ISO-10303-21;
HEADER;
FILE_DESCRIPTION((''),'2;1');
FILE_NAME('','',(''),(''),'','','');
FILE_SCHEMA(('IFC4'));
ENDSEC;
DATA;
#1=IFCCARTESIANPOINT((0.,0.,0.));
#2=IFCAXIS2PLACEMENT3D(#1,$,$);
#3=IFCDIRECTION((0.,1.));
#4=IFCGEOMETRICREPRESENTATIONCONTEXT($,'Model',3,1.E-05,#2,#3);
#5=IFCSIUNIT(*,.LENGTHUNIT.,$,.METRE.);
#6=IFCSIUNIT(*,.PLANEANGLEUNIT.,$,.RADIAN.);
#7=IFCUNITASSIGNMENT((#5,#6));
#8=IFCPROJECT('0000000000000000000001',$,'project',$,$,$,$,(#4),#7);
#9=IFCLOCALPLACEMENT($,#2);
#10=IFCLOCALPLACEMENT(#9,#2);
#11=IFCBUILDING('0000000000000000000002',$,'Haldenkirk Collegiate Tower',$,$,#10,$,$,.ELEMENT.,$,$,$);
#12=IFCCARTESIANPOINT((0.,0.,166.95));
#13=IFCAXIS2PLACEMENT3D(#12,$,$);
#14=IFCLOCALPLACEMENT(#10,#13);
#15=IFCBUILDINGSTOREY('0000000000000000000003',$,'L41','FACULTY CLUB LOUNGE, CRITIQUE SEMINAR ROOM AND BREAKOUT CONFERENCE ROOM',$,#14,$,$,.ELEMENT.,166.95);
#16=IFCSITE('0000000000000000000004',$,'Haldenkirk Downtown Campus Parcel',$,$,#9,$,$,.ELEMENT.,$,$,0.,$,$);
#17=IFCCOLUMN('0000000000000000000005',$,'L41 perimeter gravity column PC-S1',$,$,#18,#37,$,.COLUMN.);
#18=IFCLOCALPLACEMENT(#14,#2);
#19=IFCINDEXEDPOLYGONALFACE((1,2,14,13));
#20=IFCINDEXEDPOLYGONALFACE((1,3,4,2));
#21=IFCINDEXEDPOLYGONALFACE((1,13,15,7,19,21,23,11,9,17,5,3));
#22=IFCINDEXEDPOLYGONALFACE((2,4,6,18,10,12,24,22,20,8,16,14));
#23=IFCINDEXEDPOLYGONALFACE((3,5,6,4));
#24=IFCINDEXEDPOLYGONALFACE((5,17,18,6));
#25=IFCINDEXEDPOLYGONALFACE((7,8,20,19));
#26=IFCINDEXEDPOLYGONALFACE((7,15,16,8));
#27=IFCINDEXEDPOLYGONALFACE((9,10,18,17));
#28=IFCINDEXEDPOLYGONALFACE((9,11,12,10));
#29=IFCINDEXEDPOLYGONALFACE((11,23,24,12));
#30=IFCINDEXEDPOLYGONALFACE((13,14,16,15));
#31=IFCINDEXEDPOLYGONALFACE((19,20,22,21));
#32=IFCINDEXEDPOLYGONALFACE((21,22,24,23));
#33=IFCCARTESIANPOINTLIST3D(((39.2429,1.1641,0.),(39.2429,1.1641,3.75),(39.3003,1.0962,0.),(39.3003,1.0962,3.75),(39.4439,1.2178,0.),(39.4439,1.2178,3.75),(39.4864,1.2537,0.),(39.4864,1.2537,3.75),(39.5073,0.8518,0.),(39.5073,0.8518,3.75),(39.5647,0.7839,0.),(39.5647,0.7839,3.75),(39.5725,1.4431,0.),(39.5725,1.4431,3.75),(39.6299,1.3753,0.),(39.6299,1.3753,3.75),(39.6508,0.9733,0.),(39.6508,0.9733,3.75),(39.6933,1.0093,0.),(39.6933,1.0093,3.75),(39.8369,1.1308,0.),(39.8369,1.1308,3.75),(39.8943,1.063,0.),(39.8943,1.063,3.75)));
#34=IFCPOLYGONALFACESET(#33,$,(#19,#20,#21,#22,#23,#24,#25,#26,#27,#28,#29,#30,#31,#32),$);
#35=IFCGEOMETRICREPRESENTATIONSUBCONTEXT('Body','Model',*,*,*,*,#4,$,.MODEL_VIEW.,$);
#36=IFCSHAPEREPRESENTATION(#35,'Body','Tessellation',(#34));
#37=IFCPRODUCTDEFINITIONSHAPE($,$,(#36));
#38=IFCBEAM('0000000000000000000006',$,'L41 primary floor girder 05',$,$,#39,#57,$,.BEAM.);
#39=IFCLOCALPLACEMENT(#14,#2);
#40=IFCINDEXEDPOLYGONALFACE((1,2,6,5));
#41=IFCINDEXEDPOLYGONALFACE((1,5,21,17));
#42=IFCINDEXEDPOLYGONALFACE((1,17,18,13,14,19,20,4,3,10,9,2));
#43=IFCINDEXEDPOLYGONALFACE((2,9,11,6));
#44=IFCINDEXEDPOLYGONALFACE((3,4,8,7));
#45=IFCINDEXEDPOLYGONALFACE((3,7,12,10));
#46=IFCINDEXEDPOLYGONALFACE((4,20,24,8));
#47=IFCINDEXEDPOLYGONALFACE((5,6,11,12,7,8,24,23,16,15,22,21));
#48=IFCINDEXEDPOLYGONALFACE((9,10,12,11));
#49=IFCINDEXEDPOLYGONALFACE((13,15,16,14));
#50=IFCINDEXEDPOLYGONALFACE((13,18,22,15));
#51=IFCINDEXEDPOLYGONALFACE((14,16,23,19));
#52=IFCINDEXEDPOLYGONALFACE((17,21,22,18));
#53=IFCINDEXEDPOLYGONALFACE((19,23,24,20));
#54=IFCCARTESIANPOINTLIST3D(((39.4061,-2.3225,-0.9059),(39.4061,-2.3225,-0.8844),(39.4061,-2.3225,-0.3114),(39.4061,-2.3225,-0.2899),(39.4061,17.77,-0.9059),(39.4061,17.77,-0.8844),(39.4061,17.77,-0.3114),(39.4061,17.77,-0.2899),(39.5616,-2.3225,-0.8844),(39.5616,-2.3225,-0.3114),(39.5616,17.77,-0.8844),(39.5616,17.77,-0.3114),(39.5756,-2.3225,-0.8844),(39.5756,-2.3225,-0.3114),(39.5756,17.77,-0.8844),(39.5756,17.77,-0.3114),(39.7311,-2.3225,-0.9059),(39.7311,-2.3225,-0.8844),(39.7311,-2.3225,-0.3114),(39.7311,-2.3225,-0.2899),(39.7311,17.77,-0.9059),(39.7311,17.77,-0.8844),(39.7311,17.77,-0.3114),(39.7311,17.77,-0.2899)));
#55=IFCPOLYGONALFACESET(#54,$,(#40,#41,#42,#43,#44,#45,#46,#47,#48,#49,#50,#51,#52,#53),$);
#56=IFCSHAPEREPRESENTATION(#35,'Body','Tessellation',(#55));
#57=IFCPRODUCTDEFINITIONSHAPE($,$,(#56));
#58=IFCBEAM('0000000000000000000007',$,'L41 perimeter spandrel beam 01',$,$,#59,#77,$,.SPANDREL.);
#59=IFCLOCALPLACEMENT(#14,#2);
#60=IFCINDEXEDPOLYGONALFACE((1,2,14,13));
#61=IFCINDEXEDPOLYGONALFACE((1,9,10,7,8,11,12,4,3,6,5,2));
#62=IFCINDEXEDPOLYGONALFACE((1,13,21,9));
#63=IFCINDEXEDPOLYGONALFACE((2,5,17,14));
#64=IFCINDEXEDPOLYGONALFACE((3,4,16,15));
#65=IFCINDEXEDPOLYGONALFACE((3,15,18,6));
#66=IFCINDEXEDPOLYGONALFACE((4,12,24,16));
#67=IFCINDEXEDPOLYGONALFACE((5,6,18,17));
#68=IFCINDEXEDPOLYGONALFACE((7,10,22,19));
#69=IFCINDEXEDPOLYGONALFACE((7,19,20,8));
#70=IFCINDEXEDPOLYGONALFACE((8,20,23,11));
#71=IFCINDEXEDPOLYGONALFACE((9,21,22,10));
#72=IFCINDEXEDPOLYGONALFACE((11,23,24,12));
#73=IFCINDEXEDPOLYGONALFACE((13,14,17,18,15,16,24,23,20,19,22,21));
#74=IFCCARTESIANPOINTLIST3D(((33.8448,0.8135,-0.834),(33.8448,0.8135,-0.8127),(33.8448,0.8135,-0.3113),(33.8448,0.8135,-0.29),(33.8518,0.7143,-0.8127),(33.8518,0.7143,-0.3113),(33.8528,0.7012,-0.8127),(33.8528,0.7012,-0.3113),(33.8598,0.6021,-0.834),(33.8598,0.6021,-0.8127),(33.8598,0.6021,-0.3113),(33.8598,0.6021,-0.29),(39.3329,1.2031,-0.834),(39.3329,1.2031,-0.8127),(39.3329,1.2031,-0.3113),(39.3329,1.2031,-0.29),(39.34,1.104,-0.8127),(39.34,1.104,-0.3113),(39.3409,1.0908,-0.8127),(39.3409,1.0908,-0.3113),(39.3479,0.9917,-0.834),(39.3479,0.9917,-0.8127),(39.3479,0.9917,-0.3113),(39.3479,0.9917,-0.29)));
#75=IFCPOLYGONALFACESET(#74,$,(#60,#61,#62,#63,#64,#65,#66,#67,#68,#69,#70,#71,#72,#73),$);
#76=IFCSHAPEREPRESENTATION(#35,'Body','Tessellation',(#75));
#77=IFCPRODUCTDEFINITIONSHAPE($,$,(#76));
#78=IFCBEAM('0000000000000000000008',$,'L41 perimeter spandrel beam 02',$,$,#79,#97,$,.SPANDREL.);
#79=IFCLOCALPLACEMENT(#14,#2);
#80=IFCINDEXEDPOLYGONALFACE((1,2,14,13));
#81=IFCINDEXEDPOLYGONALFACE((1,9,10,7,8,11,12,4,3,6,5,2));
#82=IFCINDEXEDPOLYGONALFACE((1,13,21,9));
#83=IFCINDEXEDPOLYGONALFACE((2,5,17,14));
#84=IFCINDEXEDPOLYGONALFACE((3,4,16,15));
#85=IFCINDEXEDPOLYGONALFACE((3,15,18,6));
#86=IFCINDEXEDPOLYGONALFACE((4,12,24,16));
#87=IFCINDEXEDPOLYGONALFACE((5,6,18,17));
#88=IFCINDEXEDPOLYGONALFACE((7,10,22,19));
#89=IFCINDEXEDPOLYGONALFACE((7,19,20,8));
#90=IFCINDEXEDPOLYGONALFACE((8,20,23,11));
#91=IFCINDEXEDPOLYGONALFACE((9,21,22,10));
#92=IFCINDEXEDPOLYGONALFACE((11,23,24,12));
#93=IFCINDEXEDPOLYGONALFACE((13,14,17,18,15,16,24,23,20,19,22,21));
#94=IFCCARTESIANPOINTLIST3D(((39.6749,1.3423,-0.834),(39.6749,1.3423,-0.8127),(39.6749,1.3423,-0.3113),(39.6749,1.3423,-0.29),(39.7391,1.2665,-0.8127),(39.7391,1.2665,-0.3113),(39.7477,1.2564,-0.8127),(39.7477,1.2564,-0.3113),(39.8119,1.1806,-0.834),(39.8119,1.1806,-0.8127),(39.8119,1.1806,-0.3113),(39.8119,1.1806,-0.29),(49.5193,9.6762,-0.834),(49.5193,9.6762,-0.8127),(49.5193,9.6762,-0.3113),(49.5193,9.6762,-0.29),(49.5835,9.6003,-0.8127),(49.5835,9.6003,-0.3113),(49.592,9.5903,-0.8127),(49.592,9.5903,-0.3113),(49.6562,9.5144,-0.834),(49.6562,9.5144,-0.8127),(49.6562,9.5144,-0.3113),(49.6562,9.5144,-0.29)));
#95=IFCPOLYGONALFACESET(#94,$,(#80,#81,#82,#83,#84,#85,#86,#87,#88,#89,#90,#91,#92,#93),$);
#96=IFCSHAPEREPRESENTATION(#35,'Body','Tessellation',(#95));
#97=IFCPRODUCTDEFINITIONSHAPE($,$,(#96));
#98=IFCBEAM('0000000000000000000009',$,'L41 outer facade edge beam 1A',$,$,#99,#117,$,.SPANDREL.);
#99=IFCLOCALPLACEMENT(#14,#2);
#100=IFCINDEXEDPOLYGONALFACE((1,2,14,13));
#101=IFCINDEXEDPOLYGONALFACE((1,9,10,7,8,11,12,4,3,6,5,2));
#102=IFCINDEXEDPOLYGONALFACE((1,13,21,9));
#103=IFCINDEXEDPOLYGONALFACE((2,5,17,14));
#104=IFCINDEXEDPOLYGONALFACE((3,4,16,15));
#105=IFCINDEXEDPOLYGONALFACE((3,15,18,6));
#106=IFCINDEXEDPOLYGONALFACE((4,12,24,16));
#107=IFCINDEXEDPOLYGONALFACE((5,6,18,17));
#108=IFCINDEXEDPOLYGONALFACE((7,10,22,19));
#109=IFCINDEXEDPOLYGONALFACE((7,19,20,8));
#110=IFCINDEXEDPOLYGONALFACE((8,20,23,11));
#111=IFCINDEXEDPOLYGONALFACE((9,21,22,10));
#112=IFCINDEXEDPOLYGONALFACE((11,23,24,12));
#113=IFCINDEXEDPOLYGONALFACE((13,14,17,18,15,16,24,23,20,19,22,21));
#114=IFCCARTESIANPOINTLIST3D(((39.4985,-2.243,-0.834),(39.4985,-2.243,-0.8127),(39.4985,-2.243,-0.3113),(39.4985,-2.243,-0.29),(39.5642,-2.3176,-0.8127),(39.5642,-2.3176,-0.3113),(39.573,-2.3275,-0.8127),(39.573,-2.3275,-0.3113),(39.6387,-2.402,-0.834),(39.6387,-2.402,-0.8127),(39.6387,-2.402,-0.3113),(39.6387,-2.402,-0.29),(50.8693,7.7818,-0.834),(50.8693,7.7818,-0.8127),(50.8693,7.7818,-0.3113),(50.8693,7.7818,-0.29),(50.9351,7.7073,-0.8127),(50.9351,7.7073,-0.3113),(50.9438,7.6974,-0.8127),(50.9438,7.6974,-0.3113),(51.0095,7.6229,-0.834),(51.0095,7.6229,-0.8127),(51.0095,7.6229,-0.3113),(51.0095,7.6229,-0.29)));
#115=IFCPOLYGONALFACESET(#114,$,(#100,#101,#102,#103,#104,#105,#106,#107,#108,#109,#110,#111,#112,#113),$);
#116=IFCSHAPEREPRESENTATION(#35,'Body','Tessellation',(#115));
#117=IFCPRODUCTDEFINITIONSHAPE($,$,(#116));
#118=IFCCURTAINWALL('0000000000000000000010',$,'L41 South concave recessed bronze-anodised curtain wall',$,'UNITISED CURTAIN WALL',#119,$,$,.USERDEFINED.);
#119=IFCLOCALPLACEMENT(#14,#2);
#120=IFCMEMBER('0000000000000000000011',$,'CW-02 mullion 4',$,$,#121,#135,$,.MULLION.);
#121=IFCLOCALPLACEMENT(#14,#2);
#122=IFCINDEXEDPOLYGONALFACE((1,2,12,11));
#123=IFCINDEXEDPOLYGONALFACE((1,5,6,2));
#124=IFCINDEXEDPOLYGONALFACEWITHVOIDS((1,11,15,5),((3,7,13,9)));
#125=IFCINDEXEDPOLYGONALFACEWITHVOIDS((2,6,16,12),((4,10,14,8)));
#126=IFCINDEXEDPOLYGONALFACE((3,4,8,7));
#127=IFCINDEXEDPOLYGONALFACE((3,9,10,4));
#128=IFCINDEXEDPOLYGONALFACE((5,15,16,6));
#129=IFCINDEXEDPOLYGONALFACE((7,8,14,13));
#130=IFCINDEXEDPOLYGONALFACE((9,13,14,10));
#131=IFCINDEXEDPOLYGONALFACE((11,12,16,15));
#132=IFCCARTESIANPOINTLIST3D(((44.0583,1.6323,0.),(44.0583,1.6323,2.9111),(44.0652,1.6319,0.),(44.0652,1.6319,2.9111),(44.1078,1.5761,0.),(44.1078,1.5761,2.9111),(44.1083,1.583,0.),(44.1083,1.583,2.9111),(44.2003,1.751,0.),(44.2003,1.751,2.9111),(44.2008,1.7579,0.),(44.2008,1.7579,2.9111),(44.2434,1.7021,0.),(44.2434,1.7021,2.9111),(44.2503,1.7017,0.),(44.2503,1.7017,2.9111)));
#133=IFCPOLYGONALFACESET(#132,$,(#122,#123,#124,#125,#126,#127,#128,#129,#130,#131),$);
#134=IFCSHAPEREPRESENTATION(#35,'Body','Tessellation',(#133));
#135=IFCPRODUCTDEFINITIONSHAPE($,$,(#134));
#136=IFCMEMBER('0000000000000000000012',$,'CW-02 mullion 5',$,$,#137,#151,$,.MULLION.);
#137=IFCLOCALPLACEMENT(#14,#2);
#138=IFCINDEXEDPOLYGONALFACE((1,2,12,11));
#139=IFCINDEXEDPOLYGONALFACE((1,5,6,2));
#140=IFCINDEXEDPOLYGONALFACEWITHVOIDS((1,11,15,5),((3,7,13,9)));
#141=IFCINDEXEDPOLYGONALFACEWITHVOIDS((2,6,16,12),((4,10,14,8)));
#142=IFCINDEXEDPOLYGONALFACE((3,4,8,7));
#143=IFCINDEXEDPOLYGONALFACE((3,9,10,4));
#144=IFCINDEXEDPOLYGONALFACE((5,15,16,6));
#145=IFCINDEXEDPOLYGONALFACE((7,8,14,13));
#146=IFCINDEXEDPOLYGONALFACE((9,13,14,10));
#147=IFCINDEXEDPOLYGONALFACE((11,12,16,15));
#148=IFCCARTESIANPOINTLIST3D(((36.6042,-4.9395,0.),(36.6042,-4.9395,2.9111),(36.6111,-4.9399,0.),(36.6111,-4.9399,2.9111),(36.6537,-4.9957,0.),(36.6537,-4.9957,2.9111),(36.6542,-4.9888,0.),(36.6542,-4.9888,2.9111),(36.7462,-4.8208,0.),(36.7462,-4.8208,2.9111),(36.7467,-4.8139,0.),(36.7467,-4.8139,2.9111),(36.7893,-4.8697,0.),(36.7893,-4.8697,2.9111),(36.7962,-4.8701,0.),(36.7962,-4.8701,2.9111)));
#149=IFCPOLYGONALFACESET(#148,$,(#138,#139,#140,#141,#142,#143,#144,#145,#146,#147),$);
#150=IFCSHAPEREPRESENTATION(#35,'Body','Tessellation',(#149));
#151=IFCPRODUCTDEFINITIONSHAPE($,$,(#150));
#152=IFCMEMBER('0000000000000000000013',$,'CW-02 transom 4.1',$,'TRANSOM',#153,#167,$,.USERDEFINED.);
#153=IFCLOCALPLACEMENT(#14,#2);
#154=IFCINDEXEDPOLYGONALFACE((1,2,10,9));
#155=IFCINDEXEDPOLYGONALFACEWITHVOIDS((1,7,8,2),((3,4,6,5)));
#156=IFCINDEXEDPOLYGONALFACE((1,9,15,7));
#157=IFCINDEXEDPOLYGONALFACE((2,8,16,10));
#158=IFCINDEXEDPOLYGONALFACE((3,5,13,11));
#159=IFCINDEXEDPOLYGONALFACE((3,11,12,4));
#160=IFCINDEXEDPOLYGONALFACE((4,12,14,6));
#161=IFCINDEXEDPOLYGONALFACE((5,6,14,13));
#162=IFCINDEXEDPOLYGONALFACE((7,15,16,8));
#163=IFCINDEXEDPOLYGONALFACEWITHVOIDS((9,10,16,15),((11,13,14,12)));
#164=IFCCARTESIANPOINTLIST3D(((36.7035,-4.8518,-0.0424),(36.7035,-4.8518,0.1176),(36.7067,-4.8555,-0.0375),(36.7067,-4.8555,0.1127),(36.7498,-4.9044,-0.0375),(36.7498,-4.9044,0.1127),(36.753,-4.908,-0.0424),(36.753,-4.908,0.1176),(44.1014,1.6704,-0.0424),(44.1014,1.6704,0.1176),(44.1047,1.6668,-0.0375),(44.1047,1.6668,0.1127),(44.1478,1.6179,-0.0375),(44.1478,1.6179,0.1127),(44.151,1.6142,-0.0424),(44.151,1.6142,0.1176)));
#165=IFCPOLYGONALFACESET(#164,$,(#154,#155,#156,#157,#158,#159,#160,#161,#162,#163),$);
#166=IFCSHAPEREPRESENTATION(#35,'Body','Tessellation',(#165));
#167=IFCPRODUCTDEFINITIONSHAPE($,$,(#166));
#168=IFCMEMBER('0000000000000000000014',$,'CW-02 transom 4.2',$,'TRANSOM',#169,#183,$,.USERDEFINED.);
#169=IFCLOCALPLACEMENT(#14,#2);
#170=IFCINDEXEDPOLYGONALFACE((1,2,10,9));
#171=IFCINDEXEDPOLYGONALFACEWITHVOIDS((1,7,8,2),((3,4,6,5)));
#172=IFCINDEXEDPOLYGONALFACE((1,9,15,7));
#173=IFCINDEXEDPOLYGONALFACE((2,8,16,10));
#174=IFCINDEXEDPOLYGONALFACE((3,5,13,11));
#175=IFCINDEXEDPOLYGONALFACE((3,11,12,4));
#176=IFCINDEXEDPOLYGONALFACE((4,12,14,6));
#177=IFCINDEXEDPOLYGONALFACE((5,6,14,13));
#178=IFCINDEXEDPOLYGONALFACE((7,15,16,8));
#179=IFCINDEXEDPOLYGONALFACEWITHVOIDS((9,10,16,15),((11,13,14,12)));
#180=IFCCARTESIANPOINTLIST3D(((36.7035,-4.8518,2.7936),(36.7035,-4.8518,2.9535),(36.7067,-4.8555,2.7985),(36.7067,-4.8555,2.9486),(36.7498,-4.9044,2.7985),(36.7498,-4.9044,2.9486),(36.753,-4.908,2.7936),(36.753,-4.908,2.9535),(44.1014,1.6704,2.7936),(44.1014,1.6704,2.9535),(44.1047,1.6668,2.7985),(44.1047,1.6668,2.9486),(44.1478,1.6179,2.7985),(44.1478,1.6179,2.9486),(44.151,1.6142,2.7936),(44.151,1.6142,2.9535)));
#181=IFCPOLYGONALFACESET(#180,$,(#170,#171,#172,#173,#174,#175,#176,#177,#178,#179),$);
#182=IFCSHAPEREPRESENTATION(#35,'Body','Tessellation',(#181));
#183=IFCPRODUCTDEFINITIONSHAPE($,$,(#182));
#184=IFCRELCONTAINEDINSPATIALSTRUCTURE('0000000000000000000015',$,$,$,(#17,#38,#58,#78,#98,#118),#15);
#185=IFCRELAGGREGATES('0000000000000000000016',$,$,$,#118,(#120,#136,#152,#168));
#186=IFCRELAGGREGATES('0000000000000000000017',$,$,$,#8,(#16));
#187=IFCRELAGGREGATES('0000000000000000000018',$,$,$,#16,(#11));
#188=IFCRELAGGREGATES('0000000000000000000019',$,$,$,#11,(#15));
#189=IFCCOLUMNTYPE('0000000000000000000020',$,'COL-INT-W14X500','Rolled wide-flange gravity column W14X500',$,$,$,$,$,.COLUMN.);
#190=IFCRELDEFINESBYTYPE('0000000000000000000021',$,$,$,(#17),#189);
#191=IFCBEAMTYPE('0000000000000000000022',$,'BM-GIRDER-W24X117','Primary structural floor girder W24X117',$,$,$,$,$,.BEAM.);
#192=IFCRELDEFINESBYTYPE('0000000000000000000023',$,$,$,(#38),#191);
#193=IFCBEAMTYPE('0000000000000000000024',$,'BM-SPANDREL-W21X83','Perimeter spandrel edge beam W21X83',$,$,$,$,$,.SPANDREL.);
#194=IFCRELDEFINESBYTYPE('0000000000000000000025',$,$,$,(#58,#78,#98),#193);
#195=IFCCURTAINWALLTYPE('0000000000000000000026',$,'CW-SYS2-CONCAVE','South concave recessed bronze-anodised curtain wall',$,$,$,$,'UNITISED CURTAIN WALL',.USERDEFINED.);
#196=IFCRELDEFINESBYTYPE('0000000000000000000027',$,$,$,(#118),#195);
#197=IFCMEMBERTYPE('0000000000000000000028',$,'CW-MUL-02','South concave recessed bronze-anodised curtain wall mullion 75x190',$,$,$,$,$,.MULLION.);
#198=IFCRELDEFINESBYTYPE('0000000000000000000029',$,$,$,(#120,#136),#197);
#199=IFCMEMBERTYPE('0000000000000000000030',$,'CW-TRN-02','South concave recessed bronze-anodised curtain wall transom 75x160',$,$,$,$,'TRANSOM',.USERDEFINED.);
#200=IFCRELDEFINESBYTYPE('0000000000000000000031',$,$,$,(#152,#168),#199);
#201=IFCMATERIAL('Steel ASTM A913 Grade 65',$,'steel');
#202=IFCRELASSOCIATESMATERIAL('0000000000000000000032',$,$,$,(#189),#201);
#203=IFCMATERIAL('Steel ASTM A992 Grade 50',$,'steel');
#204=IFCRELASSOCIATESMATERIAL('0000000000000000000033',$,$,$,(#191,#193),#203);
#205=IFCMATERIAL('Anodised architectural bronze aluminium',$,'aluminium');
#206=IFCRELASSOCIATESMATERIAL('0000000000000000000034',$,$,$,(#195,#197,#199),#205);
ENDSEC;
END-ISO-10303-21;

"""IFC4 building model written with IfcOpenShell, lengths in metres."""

from ifc_helpers import new_model, si_unit, direction, frame, origin, origin_2d, place, context, subcontext, project, spatial, hollow_rectangle, i_section, extrude, material, material_profile, profile_set, type_object, element, aggregate, save


model = new_model("IFC4")

# Units and contexts
model_context = context("Model", 3, precision=1e-05, world=origin(), true_north=direction((0.0, 1.0)))
body_context = subcontext(model_context, "Body", "Model", "MODEL_VIEW")
ifc_project = project(units=[si_unit("LENGTHUNIT", "METRE"), si_unit("PLANEANGLEUNIT", "RADIAN")], contexts=[model_context])

# Site, building, storey
site_placement = place(None, origin())
site = spatial("IfcSite", under=ifc_project, at=site_placement, Name="Haldenkirk Downtown Campus Parcel", CompositionType="ELEMENT", RefElevation=0.0)
building_placement = place(site_placement, origin())
building = spatial("IfcBuilding", under=site, at=building_placement, Name="Haldenkirk Collegiate Tower", CompositionType="ELEMENT")
storey_placement = place(building_placement, frame((0.0, 0.0, 166.95)))
storey = spatial("IfcBuildingStorey", under=building, at=storey_placement, Name="L41", Description="FACULTY CLUB LOUNGE, CRITIQUE SEMINAR ROOM AND BREAKOUT CONFERENCE ROOM", CompositionType="ELEMENT", Elevation=166.95)

# Column
ifc_material_1 = material(Name="Steel ASTM A913 Grade 65", Category="steel")
ifc_material_profile_1 = material_profile(ifc_material_1, i_section(OverallWidth=0.4319, OverallDepth=0.498, WebThickness=0.0557, FlangeThickness=0.0889, at=origin_2d()), Name="W14X500")
ifc_profile_set_1 = profile_set([ifc_material_profile_1], Name="Steel ASTM A913 Grade 65")
column_type = type_object("IfcColumnType", Name="COL-INT-W14X500", Description="Rolled wide-flange gravity column W14X500", PredefinedType="COLUMN", material=ifc_profile_set_1)
column_placement = place(storey_placement, frame((39.5686, 1.1135, 0.0), z_axis=(0.0, 0.0, 1.0), x_axis=(0.763232, 0.646124, 0.0)))
element("IfcColumn", 1, at=column_placement, inside=storey, type_object=column_type, Name="L41 perimeter gravity column PC-S1", PredefinedType="COLUMN", context=body_context, shape_type="SweptSolid", body=[
    extrude(i_section(OverallWidth=0.4319, OverallDepth=0.498, WebThickness=0.0557, FlangeThickness=0.0889, at=origin_2d()), origin(), (0.0, 0.0, 1.0), 3.75),
])

# Beams
ifc_material_2 = material(Name="Steel ASTM A992 Grade 50", Category="steel")
ifc_material_profile_2 = material_profile(ifc_material_2, i_section(OverallWidth=0.325, OverallDepth=0.616, WebThickness=0.0139, FlangeThickness=0.0215, at=origin_2d()), Name="W24X117")
ifc_profile_set_2 = profile_set([ifc_material_profile_2], Name="Steel ASTM A992 Grade 50")
beam_type_1 = type_object("IfcBeamType", Name="BM-GIRDER-W24X117", Description="Primary structural floor girder W24X117", PredefinedType="BEAM", material=ifc_profile_set_2)
beam_1_placement = place(storey_placement, frame((39.5686, -2.3225, -0.5979), z_axis=(0.0, 1.0, 0.0), x_axis=(-1.0, 0.0, 0.0)))
element("IfcBeam", 2, at=beam_1_placement, inside=storey, type_object=beam_type_1, Name="L41 primary floor girder 05", PredefinedType="BEAM", context=body_context, shape_type="SweptSolid", body=[
    extrude(i_section(OverallWidth=0.325, OverallDepth=0.616, WebThickness=0.0139, FlangeThickness=0.0215, at=origin_2d()), origin(), (0.0, 0.0, 1.0), 20.0925),
])
ifc_material_profile_3 = material_profile(ifc_material_2, i_section(OverallWidth=0.2119, OverallDepth=0.5439, WebThickness=0.0132, FlangeThickness=0.0212, at=origin_2d()), Name="W21X83")
ifc_profile_set_3 = profile_set([ifc_material_profile_3], Name="Steel ASTM A992 Grade 50")
beam_type_2 = type_object("IfcBeamType", Name="BM-SPANDREL-W21X83", Description="Perimeter spandrel edge beam W21X83", PredefinedType="SPANDREL", material=ifc_profile_set_3)
beam_2_placement = place(storey_placement, frame((33.8523, 0.7078, -0.562), z_axis=(0.997489, 0.070821, 0.0), x_axis=(-0.070821, 0.997489, 0.0)))
element("IfcBeam", 3, at=beam_2_placement, inside=storey, type_object=beam_type_2, Name="L41 perimeter spandrel beam 01", PredefinedType="SPANDREL", context=body_context, shape_type="SweptSolid", body=[
    extrude(i_section(OverallWidth=0.2119, OverallDepth=0.5439, WebThickness=0.0132, FlangeThickness=0.0212, at=origin_2d()), origin(), (0.0, 0.0, 1.0), 5.502),
])
beam_3_placement = place(storey_placement, frame((39.7434, 1.2615, -0.562), z_axis=(0.763233, 0.646123, 0.0), x_axis=(-0.646123, 0.763233, 0.0)))
element("IfcBeam", 4, at=beam_3_placement, inside=storey, type_object=beam_type_2, Name="L41 perimeter spandrel beam 02", PredefinedType="SPANDREL", context=body_context, shape_type="SweptSolid", body=[
    extrude(i_section(OverallWidth=0.2119, OverallDepth=0.5439, WebThickness=0.0132, FlangeThickness=0.0212, at=origin_2d()), origin(), (0.0, 0.0, 1.0), 12.8982),
])
beam_4_placement = place(storey_placement, frame((39.5686, -2.3225, -0.562), z_axis=(0.750106, 0.661317, 0.0), x_axis=(-0.661317, 0.750106, 0.0)))
element("IfcBeam", 5, at=beam_4_placement, inside=storey, type_object=beam_type_2, Name="L41 outer facade edge beam 1A", PredefinedType="SPANDREL", context=body_context, shape_type="SweptSolid", body=[
    extrude(i_section(OverallWidth=0.2119, OverallDepth=0.5439, WebThickness=0.0132, FlangeThickness=0.0212, at=origin_2d()), origin(), (0.0, 0.0, 1.0), 15.1589),
])

# Curtain wall, members
ifc_material_3 = material(Name="Anodised architectural bronze aluminium", Category="aluminium")
curtain_wall_type = type_object("IfcCurtainWallType", Name="CW-SYS2-CONCAVE", Description="South concave recessed bronze-anodised curtain wall", ElementType="UNITISED CURTAIN WALL", PredefinedType="USERDEFINED", material=ifc_material_3)
curtain_wall_placement = place(storey_placement, origin())
curtain_wall = element("IfcCurtainWall", 6, at=curtain_wall_placement, inside=storey, type_object=curtain_wall_type, Name="L41 South concave recessed bronze-anodised curtain wall", ObjectType="UNITISED CURTAIN WALL", PredefinedType="USERDEFINED")
ifc_material_profile_4 = material_profile(ifc_material_3, hollow_rectangle(XDim=0.075, YDim=0.1899, WallThickness=0.0049, at=origin_2d()), Name="CW-MUL-02")
ifc_profile_set_4 = profile_set([ifc_material_profile_4], Name="Anodised architectural bronze aluminium")
member_type_1 = type_object("IfcMemberType", Name="CW-MUL-02", Description="South concave recessed bronze-anodised curtain wall mullion 75x190", PredefinedType="MULLION", material=ifc_profile_set_4)
member_1_placement = place(storey_placement, frame((44.1543, 1.667, 0.0), z_axis=(0.0, 0.0, 1.0), x_axis=(0.66131, -0.750112, 0.0)))
member_1 = element("IfcMember", 7, at=member_1_placement, type_object=member_type_1, Name="CW-02 mullion 4", PredefinedType="MULLION", context=body_context, shape_type="SweptSolid", body=[
    extrude(hollow_rectangle(XDim=0.075, YDim=0.1899, WallThickness=0.0049, at=origin_2d()), origin(), (0.0, 0.0, 1.0), 2.9111),
])
member_2_placement = place(storey_placement, frame((36.7002, -4.9048, 0.0), z_axis=(0.0, 0.0, 1.0), x_axis=(0.66131, -0.750112, 0.0)))
member_2 = element("IfcMember", 8, at=member_2_placement, type_object=member_type_1, Name="CW-02 mullion 5", PredefinedType="MULLION", context=body_context, shape_type="SweptSolid", body=[
    extrude(hollow_rectangle(XDim=0.075, YDim=0.1899, WallThickness=0.0049, at=origin_2d()), origin(), (0.0, 0.0, 1.0), 2.9111),
])
ifc_material_profile_5 = material_profile(ifc_material_3, hollow_rectangle(XDim=0.075, YDim=0.1599, WallThickness=0.0049, at=origin_2d()), Name="CW-TRN-02")
ifc_profile_set_5 = profile_set([ifc_material_profile_5], Name="Anodised architectural bronze aluminium")
member_type_2 = type_object("IfcMemberType", Name="CW-TRN-02", Description="South concave recessed bronze-anodised curtain wall transom 75x160", ElementType="TRANSOM", PredefinedType="USERDEFINED", material=ifc_profile_set_5)
member_3_placement = place(storey_placement, frame((44.1262, 1.6423, 0.0376), z_axis=(-0.750109, -0.661315, 0.0), x_axis=(0.661315, -0.750109, 0.0)))
member_3 = element("IfcMember", 9, at=member_3_placement, type_object=member_type_2, Name="CW-02 transom 4.1", ObjectType="TRANSOM", PredefinedType="USERDEFINED", context=body_context, shape_type="SweptSolid", body=[
    extrude(hollow_rectangle(XDim=0.075, YDim=0.1599, WallThickness=0.0049, at=origin_2d()), origin(), (0.0, 0.0, 1.0), 9.8625),
])
member_4_placement = place(storey_placement, frame((44.1262, 1.6423, 2.8735), z_axis=(-0.750109, -0.661315, 0.0), x_axis=(0.661315, -0.750109, 0.0)))
member_4 = element("IfcMember", 10, at=member_4_placement, type_object=member_type_2, Name="CW-02 transom 4.2", ObjectType="TRANSOM", PredefinedType="USERDEFINED", context=body_context, shape_type="SweptSolid", body=[
    extrude(hollow_rectangle(XDim=0.075, YDim=0.1599, WallThickness=0.0049, at=origin_2d()), origin(), (0.0, 0.0, 1.0), 9.8625),
])
aggregate(curtain_wall, [member_1, member_2, member_3, member_4])

save(model, "model.ifc")
